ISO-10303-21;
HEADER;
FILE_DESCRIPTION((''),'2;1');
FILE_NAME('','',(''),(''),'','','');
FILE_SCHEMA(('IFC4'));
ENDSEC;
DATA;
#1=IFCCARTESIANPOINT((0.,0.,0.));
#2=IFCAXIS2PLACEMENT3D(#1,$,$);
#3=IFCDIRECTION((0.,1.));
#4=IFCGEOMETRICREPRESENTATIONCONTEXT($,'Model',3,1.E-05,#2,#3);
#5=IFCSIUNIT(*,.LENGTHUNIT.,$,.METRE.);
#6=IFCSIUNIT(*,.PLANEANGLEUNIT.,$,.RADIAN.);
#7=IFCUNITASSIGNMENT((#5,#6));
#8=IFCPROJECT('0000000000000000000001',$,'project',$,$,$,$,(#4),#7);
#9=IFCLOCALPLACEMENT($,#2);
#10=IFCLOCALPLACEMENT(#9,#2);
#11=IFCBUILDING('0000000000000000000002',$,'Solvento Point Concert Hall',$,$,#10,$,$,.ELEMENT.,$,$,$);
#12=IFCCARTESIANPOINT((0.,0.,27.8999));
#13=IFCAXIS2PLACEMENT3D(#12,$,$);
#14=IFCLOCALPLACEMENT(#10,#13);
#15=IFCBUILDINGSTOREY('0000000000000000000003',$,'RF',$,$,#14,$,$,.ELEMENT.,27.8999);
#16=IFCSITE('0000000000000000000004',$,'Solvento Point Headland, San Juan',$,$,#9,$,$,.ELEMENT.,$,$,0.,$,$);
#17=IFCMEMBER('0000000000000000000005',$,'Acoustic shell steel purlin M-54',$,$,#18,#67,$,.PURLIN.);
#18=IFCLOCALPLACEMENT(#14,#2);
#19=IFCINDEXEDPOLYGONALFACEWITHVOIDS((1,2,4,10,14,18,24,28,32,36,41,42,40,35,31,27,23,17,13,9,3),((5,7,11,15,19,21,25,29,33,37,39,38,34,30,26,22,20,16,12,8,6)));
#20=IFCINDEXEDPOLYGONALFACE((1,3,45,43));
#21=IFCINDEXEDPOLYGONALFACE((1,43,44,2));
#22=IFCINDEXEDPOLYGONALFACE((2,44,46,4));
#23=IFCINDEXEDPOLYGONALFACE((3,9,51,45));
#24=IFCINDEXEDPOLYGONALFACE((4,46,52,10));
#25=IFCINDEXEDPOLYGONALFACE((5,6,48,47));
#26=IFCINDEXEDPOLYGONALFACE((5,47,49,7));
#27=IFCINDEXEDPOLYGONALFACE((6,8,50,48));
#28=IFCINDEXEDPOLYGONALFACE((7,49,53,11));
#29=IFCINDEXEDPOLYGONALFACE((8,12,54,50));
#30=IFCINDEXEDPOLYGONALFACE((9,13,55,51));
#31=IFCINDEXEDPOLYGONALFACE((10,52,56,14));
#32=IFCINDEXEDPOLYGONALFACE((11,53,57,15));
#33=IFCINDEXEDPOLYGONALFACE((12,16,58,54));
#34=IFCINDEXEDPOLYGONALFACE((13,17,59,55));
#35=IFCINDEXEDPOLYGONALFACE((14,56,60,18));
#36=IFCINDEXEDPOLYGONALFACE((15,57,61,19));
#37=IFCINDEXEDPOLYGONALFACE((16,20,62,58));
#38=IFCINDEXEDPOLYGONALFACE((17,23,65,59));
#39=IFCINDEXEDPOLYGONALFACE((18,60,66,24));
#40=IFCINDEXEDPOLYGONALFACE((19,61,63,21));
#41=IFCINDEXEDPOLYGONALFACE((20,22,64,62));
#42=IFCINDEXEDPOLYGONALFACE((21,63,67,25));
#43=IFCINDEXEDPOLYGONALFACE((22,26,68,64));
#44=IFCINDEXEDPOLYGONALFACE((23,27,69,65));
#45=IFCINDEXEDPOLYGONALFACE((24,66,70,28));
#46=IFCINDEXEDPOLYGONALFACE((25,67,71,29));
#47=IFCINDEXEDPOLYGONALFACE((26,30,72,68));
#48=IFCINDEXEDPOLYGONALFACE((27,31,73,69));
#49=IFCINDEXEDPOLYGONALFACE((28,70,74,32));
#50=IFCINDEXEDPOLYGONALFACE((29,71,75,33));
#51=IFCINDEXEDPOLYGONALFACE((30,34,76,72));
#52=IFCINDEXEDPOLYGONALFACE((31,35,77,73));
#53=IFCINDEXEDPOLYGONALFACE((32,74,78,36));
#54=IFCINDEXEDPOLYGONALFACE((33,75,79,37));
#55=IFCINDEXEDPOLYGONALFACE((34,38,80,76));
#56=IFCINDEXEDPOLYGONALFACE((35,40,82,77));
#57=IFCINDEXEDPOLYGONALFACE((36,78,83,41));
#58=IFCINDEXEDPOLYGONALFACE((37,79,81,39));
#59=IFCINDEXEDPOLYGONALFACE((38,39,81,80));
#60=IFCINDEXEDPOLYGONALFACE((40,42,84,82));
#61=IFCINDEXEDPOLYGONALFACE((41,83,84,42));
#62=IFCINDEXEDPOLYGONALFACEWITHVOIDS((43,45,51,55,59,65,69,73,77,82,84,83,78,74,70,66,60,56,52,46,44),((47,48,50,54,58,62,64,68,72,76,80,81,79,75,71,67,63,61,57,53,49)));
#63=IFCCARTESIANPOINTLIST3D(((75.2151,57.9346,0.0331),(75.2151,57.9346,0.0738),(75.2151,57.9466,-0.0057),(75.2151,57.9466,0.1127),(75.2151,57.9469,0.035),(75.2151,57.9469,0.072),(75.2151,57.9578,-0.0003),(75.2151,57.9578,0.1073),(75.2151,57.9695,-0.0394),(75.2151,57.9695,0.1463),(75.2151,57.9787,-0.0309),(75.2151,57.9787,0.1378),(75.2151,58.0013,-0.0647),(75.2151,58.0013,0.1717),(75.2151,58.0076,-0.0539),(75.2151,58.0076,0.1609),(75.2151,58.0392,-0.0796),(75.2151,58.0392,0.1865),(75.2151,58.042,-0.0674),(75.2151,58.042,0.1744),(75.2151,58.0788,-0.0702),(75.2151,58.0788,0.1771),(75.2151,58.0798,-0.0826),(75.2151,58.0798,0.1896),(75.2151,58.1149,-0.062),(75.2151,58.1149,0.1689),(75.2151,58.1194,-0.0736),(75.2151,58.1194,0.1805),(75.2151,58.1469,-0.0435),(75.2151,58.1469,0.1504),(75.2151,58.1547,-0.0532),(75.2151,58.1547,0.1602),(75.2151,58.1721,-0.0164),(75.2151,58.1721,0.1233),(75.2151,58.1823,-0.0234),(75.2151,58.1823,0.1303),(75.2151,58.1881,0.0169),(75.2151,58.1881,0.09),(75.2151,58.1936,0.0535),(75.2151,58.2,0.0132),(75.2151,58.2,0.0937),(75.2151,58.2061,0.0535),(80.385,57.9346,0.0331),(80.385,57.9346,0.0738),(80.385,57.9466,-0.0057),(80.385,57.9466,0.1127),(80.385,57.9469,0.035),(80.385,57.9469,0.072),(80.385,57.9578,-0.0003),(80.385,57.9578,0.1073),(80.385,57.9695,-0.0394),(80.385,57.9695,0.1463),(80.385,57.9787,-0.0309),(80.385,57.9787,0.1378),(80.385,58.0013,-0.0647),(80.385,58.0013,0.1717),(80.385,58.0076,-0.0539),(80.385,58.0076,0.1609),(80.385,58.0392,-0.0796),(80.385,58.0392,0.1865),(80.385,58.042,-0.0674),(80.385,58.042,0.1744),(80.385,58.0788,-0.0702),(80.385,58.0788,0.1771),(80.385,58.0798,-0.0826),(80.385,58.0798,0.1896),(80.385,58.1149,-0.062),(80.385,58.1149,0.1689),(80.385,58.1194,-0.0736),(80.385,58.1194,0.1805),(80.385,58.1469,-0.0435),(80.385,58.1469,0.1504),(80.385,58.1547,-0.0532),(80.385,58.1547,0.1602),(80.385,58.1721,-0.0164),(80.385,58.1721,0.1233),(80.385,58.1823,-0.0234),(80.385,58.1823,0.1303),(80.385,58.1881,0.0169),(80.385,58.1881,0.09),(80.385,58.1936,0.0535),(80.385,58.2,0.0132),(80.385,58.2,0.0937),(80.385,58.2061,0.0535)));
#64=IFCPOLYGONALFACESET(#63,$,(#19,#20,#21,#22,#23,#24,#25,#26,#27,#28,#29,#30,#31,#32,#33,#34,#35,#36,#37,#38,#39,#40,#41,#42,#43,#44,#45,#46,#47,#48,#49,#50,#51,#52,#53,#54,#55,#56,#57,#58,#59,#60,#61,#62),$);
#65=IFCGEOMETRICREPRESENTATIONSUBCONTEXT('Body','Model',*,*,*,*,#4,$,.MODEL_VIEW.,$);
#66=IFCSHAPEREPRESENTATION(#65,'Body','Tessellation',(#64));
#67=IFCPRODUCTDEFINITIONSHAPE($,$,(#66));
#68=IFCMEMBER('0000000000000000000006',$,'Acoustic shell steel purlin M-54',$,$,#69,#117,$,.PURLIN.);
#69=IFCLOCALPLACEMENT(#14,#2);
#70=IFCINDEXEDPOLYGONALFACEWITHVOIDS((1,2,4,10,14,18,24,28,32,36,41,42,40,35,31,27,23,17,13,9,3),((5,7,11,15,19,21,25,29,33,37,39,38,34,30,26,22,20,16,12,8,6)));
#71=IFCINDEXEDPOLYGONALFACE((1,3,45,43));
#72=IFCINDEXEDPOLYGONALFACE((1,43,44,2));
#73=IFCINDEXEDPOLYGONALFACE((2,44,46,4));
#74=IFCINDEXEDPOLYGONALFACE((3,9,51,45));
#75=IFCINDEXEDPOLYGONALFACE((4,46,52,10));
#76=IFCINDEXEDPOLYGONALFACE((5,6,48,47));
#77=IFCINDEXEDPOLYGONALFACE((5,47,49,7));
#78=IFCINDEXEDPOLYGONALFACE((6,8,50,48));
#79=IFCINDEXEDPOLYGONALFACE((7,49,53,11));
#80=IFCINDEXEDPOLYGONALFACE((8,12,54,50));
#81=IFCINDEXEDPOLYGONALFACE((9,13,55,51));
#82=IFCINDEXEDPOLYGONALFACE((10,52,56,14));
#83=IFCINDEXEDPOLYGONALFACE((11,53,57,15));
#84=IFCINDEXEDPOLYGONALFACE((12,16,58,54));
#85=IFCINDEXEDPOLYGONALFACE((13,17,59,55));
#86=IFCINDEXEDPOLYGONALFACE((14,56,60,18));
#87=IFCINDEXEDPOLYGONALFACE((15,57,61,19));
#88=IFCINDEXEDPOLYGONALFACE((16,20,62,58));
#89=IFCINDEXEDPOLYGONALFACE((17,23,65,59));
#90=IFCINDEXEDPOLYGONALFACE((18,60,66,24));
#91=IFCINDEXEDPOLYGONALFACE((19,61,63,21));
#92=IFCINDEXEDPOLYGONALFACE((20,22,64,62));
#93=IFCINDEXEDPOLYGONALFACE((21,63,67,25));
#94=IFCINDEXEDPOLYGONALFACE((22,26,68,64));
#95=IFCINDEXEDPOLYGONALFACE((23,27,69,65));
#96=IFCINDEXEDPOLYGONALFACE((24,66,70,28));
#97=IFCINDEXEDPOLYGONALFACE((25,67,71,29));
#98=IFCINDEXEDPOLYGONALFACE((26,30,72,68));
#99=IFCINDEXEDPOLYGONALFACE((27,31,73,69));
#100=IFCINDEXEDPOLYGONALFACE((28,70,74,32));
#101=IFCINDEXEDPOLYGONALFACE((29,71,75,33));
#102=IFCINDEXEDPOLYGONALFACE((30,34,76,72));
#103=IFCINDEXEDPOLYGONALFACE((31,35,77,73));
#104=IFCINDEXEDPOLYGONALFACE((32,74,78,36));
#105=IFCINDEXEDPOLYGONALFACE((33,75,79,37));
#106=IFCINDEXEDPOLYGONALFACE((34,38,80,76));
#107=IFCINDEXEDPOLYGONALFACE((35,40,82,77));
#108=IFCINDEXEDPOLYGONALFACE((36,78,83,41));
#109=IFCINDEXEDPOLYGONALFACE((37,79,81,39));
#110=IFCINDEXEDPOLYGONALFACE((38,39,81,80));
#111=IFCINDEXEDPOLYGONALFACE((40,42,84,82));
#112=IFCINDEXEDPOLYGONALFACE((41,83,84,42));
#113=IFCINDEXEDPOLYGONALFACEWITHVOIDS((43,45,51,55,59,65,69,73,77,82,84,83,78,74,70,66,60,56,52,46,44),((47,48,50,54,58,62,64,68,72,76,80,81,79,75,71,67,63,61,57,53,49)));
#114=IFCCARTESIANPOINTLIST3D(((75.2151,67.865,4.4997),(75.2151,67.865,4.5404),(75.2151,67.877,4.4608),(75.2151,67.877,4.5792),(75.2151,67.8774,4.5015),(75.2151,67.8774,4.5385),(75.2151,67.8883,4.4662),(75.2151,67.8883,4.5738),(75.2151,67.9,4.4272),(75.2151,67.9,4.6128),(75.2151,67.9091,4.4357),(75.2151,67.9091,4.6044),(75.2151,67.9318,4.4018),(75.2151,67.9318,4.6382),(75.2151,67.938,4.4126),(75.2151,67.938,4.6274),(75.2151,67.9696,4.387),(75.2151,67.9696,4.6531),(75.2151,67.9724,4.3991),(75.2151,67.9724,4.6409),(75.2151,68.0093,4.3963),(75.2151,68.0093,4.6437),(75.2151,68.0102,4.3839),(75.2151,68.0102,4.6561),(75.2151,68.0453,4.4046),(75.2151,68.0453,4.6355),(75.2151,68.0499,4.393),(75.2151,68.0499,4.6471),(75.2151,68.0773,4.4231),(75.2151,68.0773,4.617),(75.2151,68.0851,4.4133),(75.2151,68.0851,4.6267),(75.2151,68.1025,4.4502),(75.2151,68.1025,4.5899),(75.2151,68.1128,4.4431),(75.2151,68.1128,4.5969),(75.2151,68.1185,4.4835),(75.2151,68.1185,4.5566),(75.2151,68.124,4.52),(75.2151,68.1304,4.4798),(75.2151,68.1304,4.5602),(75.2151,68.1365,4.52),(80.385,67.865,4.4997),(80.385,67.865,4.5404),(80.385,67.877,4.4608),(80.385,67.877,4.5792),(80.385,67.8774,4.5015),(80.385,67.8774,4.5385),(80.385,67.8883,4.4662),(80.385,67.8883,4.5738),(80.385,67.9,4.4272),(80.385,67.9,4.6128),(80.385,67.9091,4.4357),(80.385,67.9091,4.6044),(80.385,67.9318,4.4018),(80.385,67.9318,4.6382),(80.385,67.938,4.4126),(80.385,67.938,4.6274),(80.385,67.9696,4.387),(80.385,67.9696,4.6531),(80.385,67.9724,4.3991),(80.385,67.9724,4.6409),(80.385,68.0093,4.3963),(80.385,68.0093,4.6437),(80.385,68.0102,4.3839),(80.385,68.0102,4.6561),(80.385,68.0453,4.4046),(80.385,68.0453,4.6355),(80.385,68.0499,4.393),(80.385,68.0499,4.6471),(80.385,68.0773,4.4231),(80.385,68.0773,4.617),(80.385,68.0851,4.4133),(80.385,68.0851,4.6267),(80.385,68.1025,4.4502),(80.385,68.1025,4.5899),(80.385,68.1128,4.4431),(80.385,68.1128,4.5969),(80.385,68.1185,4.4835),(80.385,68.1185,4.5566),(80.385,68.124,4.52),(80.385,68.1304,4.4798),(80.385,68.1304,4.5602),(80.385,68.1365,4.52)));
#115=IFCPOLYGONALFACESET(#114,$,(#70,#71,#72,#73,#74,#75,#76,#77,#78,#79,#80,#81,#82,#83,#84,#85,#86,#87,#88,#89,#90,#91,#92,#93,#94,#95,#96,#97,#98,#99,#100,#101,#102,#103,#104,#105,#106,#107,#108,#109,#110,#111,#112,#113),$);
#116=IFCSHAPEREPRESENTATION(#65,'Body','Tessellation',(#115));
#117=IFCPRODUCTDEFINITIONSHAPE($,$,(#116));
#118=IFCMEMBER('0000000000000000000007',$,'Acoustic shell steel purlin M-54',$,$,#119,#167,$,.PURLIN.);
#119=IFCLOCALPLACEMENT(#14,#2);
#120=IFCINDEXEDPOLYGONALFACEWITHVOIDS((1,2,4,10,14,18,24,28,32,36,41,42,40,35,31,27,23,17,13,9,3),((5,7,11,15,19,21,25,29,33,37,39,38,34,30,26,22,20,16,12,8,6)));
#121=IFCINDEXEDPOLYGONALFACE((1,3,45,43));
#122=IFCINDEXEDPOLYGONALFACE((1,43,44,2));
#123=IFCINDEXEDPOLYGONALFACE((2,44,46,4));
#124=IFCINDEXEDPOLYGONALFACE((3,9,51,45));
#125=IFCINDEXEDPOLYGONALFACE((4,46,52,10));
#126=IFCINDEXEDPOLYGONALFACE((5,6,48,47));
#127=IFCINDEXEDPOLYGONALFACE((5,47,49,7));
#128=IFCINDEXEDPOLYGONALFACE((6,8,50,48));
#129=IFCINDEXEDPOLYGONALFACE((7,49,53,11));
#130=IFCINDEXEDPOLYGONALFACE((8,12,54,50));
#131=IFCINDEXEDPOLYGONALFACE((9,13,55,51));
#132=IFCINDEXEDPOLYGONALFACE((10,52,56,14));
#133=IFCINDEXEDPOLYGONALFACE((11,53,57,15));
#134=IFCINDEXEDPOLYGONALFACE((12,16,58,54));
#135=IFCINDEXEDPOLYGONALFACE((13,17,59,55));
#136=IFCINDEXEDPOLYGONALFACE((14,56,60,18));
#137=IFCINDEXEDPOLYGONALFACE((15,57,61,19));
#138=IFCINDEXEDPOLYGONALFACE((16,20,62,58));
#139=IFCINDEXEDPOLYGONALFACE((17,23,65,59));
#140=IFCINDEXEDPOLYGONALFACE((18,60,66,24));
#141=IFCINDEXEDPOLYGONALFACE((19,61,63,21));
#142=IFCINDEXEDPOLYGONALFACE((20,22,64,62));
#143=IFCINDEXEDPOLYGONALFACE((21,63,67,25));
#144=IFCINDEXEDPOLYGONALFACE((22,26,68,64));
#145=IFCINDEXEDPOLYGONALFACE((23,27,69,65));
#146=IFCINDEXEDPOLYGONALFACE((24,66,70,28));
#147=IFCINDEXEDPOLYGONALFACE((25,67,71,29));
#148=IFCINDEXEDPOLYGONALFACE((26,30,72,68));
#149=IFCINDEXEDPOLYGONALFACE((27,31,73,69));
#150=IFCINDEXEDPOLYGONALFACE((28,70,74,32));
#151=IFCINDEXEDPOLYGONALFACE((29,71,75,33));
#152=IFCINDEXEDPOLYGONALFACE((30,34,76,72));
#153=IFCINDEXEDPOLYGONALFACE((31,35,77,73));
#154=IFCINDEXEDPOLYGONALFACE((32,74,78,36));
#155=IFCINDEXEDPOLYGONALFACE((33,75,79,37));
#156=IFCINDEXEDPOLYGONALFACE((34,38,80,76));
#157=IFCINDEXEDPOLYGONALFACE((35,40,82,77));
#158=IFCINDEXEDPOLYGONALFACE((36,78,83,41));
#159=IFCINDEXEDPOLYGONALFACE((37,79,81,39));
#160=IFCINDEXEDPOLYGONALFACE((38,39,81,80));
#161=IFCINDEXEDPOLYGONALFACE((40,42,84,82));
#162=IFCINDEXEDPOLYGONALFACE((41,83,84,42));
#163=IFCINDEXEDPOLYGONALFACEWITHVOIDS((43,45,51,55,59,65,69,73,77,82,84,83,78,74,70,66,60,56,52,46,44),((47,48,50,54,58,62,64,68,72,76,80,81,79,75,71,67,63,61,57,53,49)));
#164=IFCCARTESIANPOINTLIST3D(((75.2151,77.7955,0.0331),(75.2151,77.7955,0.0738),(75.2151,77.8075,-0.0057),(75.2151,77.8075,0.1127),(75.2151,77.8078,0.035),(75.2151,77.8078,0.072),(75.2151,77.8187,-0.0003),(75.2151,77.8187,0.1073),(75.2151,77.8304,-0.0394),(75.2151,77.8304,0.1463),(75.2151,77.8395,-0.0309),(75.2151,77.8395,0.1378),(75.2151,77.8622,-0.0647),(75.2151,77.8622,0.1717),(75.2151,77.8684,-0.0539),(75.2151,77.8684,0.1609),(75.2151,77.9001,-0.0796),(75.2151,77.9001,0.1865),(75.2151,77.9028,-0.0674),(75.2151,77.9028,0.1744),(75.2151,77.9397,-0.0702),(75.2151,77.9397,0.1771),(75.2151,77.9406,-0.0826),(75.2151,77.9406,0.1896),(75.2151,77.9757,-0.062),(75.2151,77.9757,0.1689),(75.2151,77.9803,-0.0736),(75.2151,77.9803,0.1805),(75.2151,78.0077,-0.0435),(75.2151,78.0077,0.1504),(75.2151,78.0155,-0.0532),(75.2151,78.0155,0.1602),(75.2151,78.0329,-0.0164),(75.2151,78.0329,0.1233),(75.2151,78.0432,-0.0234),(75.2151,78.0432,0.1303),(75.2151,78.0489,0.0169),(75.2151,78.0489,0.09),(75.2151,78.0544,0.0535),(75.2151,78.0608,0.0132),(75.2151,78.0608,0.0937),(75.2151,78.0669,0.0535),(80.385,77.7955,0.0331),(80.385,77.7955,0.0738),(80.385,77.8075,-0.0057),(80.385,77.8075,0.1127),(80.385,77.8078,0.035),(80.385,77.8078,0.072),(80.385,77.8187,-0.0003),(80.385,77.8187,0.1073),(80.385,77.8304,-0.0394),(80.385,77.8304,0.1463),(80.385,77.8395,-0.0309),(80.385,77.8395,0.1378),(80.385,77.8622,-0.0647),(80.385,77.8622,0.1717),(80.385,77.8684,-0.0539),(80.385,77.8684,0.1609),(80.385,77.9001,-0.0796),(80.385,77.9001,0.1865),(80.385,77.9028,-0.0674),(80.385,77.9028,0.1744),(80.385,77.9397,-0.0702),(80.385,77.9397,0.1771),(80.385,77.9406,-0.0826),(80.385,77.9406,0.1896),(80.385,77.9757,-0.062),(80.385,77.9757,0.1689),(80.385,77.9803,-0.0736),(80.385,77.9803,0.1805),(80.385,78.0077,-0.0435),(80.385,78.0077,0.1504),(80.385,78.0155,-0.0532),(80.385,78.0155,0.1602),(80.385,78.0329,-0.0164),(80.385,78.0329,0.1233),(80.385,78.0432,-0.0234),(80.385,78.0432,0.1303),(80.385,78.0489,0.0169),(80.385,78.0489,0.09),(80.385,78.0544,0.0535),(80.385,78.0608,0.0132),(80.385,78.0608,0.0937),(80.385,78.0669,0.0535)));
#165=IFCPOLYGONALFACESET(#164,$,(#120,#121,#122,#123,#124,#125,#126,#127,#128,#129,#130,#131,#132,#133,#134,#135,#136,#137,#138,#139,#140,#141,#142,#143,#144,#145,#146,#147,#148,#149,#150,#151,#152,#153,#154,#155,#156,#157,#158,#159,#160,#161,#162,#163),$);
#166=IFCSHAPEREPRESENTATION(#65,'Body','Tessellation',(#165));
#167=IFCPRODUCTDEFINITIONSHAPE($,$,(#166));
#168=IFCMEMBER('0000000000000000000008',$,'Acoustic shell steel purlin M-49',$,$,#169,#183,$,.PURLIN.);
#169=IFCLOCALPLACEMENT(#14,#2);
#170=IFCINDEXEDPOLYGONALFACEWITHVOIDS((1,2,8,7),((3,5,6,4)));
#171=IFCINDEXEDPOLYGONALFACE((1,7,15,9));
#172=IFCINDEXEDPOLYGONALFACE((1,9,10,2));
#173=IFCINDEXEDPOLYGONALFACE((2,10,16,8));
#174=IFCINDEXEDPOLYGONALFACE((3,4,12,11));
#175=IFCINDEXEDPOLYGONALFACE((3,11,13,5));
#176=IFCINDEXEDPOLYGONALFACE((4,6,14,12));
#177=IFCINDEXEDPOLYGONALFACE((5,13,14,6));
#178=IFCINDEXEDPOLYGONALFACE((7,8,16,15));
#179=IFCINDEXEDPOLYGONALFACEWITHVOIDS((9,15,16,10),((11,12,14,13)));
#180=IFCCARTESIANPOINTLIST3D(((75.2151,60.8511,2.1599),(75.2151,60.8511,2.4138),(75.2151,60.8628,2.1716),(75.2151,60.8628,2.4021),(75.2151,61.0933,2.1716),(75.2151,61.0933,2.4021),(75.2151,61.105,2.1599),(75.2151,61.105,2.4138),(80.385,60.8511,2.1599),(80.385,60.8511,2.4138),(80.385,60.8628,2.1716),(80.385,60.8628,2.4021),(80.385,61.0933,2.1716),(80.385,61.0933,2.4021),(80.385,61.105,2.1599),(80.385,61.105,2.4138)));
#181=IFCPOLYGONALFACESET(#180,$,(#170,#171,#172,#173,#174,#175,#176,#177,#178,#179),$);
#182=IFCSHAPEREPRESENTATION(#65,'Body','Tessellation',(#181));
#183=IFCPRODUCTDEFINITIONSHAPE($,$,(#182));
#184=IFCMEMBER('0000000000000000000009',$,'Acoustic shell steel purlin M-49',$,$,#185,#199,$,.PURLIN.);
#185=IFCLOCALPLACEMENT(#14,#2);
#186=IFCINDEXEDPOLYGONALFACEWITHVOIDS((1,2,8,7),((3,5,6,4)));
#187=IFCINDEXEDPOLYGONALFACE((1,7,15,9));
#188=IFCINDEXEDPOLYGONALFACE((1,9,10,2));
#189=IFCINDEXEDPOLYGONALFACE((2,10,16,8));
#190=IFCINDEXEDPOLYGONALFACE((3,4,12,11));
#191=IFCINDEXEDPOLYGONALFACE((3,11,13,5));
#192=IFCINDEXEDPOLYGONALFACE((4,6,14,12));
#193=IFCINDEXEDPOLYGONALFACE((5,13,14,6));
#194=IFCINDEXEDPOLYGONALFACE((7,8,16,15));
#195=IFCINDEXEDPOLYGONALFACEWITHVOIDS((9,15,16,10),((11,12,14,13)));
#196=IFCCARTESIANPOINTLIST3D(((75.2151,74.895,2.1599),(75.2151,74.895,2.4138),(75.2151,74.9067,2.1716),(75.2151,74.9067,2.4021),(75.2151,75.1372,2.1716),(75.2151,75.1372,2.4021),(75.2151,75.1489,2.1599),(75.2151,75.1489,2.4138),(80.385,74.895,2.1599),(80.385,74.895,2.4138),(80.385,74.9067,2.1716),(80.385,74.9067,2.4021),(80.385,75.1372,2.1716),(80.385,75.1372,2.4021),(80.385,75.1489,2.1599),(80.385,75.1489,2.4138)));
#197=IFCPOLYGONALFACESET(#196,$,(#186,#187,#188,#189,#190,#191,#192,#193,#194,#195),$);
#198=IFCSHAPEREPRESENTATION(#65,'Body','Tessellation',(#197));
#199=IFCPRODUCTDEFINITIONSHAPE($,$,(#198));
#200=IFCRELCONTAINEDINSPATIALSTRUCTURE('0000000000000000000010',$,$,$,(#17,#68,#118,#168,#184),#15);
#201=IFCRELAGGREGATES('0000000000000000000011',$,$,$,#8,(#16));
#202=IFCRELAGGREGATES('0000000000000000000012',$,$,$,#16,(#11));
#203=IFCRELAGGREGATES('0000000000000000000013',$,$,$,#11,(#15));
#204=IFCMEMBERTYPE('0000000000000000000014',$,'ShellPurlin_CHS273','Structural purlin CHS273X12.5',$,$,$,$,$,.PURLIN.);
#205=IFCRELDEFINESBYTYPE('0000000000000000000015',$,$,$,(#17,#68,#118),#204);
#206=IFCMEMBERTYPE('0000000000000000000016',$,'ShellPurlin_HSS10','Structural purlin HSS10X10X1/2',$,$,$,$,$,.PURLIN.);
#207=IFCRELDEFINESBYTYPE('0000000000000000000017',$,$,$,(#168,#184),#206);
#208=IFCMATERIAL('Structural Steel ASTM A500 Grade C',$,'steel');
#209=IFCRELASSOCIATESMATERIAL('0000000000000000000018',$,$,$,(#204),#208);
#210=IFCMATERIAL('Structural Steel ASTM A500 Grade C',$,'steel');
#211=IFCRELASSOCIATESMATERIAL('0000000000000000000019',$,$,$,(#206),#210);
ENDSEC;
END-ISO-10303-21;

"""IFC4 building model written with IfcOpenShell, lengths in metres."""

from ifc_helpers import new_model, si_unit, direction, frame, origin, origin_2d, place, context, subcontext, project, spatial, hollow_rectangle, hollow_circle, extrude, material, material_profile, profile_set, type_object, element, save


model = new_model("IFC4")

# Units and contexts
model_context = context("Model", 3, precision=1e-05, world=origin(), true_north=direction((0.0, 1.0)))
body_context = subcontext(model_context, "Body", "Model", "MODEL_VIEW")
ifc_project = project(units=[si_unit("LENGTHUNIT", "METRE"), si_unit("PLANEANGLEUNIT", "RADIAN")], contexts=[model_context])

# Site, building, storey
site_placement = place(None, origin())
site = spatial("IfcSite", under=ifc_project, at=site_placement, Name="Solvento Point Headland, San Juan", CompositionType="ELEMENT", RefElevation=0.0)
building_placement = place(site_placement, origin())
building = spatial("IfcBuilding", under=site, at=building_placement, Name="Solvento Point Concert Hall", CompositionType="ELEMENT")
storey_placement = place(building_placement, frame((0.0, 0.0, 27.8999)))
storey = spatial("IfcBuildingStorey", under=building, at=storey_placement, Name="RF", CompositionType="ELEMENT", Elevation=27.8999)

# Members
ifc_material_1 = material(Name="Structural Steel ASTM A500 Grade C", Category="steel")
ifc_material_profile_1 = material_profile(ifc_material_1, hollow_circle(Radius=0.1365, WallThickness=0.0125, at=origin_2d()), Name="CHS273X12.5")
ifc_profile_set_1 = profile_set([ifc_material_profile_1], Name="Structural Steel ASTM A500 Grade C")
member_type_1 = type_object("IfcMemberType", Name="ShellPurlin_CHS273", Description="Structural purlin CHS273X12.5", PredefinedType="PURLIN", material=ifc_profile_set_1)
for number, where, z_axis, x_axis, name in (
    (1, (75.2151, 58.0696, 0.0535), (1.0, 0.0, 0.0), (0.0, 1.0, 0.0), "Acoustic shell steel purlin M-54"),
    (2, (75.2151, 68.0, 4.52), (1.0, 0.0, 0.0), (0.0, 1.0, 0.0), "Acoustic shell steel purlin M-54"),
    (3, (75.2151, 77.9304, 0.0535), (1.0, 0.0, 0.0), (0.0, 1.0, 0.0), "Acoustic shell steel purlin M-54"),
):
    element("IfcMember", number, at=place(storey_placement, frame(where, z_axis=z_axis, x_axis=x_axis)), inside=storey, type_object=member_type_1, Name=name, PredefinedType="PURLIN", context=body_context, shape_type="SweptSolid", body=[
        extrude(hollow_circle(Radius=0.1365, WallThickness=0.0125, at=origin_2d()), origin(), (0.0, 0.0, 1.0), 5.1699),
    ])
ifc_material_2 = material(Name="Structural Steel ASTM A500 Grade C", Category="steel")
ifc_material_profile_2 = material_profile(ifc_material_2, hollow_rectangle(XDim=0.2539, YDim=0.2539, WallThickness=0.0117, at=origin_2d()), Name="HSS10X10X1/2")
ifc_profile_set_2 = profile_set([ifc_material_profile_2], Name="Structural Steel ASTM A500 Grade C")
member_type_2 = type_object("IfcMemberType", Name="ShellPurlin_HSS10", Description="Structural purlin HSS10X10X1/2", PredefinedType="PURLIN", material=ifc_profile_set_2)
for number, where, z_axis, x_axis, name in (
    (4, (75.2151, 60.978, 2.2869), (1.0, 0.0, 0.0), (0.0, 1.0, 0.0), "Acoustic shell steel purlin M-49"),
    (5, (75.2151, 75.022, 2.2869), (1.0, 0.0, 0.0), (0.0, 1.0, 0.0), "Acoustic shell steel purlin M-49"),
):
    element("IfcMember", number, at=place(storey_placement, frame(where, z_axis=z_axis, x_axis=x_axis)), inside=storey, type_object=member_type_2, Name=name, PredefinedType="PURLIN", context=body_context, shape_type="SweptSolid", body=[
        extrude(hollow_rectangle(XDim=0.2539, YDim=0.2539, WallThickness=0.0117, at=origin_2d()), origin(), (0.0, 0.0, 1.0), 5.1699),
    ])

save(model, "model.ifc")
